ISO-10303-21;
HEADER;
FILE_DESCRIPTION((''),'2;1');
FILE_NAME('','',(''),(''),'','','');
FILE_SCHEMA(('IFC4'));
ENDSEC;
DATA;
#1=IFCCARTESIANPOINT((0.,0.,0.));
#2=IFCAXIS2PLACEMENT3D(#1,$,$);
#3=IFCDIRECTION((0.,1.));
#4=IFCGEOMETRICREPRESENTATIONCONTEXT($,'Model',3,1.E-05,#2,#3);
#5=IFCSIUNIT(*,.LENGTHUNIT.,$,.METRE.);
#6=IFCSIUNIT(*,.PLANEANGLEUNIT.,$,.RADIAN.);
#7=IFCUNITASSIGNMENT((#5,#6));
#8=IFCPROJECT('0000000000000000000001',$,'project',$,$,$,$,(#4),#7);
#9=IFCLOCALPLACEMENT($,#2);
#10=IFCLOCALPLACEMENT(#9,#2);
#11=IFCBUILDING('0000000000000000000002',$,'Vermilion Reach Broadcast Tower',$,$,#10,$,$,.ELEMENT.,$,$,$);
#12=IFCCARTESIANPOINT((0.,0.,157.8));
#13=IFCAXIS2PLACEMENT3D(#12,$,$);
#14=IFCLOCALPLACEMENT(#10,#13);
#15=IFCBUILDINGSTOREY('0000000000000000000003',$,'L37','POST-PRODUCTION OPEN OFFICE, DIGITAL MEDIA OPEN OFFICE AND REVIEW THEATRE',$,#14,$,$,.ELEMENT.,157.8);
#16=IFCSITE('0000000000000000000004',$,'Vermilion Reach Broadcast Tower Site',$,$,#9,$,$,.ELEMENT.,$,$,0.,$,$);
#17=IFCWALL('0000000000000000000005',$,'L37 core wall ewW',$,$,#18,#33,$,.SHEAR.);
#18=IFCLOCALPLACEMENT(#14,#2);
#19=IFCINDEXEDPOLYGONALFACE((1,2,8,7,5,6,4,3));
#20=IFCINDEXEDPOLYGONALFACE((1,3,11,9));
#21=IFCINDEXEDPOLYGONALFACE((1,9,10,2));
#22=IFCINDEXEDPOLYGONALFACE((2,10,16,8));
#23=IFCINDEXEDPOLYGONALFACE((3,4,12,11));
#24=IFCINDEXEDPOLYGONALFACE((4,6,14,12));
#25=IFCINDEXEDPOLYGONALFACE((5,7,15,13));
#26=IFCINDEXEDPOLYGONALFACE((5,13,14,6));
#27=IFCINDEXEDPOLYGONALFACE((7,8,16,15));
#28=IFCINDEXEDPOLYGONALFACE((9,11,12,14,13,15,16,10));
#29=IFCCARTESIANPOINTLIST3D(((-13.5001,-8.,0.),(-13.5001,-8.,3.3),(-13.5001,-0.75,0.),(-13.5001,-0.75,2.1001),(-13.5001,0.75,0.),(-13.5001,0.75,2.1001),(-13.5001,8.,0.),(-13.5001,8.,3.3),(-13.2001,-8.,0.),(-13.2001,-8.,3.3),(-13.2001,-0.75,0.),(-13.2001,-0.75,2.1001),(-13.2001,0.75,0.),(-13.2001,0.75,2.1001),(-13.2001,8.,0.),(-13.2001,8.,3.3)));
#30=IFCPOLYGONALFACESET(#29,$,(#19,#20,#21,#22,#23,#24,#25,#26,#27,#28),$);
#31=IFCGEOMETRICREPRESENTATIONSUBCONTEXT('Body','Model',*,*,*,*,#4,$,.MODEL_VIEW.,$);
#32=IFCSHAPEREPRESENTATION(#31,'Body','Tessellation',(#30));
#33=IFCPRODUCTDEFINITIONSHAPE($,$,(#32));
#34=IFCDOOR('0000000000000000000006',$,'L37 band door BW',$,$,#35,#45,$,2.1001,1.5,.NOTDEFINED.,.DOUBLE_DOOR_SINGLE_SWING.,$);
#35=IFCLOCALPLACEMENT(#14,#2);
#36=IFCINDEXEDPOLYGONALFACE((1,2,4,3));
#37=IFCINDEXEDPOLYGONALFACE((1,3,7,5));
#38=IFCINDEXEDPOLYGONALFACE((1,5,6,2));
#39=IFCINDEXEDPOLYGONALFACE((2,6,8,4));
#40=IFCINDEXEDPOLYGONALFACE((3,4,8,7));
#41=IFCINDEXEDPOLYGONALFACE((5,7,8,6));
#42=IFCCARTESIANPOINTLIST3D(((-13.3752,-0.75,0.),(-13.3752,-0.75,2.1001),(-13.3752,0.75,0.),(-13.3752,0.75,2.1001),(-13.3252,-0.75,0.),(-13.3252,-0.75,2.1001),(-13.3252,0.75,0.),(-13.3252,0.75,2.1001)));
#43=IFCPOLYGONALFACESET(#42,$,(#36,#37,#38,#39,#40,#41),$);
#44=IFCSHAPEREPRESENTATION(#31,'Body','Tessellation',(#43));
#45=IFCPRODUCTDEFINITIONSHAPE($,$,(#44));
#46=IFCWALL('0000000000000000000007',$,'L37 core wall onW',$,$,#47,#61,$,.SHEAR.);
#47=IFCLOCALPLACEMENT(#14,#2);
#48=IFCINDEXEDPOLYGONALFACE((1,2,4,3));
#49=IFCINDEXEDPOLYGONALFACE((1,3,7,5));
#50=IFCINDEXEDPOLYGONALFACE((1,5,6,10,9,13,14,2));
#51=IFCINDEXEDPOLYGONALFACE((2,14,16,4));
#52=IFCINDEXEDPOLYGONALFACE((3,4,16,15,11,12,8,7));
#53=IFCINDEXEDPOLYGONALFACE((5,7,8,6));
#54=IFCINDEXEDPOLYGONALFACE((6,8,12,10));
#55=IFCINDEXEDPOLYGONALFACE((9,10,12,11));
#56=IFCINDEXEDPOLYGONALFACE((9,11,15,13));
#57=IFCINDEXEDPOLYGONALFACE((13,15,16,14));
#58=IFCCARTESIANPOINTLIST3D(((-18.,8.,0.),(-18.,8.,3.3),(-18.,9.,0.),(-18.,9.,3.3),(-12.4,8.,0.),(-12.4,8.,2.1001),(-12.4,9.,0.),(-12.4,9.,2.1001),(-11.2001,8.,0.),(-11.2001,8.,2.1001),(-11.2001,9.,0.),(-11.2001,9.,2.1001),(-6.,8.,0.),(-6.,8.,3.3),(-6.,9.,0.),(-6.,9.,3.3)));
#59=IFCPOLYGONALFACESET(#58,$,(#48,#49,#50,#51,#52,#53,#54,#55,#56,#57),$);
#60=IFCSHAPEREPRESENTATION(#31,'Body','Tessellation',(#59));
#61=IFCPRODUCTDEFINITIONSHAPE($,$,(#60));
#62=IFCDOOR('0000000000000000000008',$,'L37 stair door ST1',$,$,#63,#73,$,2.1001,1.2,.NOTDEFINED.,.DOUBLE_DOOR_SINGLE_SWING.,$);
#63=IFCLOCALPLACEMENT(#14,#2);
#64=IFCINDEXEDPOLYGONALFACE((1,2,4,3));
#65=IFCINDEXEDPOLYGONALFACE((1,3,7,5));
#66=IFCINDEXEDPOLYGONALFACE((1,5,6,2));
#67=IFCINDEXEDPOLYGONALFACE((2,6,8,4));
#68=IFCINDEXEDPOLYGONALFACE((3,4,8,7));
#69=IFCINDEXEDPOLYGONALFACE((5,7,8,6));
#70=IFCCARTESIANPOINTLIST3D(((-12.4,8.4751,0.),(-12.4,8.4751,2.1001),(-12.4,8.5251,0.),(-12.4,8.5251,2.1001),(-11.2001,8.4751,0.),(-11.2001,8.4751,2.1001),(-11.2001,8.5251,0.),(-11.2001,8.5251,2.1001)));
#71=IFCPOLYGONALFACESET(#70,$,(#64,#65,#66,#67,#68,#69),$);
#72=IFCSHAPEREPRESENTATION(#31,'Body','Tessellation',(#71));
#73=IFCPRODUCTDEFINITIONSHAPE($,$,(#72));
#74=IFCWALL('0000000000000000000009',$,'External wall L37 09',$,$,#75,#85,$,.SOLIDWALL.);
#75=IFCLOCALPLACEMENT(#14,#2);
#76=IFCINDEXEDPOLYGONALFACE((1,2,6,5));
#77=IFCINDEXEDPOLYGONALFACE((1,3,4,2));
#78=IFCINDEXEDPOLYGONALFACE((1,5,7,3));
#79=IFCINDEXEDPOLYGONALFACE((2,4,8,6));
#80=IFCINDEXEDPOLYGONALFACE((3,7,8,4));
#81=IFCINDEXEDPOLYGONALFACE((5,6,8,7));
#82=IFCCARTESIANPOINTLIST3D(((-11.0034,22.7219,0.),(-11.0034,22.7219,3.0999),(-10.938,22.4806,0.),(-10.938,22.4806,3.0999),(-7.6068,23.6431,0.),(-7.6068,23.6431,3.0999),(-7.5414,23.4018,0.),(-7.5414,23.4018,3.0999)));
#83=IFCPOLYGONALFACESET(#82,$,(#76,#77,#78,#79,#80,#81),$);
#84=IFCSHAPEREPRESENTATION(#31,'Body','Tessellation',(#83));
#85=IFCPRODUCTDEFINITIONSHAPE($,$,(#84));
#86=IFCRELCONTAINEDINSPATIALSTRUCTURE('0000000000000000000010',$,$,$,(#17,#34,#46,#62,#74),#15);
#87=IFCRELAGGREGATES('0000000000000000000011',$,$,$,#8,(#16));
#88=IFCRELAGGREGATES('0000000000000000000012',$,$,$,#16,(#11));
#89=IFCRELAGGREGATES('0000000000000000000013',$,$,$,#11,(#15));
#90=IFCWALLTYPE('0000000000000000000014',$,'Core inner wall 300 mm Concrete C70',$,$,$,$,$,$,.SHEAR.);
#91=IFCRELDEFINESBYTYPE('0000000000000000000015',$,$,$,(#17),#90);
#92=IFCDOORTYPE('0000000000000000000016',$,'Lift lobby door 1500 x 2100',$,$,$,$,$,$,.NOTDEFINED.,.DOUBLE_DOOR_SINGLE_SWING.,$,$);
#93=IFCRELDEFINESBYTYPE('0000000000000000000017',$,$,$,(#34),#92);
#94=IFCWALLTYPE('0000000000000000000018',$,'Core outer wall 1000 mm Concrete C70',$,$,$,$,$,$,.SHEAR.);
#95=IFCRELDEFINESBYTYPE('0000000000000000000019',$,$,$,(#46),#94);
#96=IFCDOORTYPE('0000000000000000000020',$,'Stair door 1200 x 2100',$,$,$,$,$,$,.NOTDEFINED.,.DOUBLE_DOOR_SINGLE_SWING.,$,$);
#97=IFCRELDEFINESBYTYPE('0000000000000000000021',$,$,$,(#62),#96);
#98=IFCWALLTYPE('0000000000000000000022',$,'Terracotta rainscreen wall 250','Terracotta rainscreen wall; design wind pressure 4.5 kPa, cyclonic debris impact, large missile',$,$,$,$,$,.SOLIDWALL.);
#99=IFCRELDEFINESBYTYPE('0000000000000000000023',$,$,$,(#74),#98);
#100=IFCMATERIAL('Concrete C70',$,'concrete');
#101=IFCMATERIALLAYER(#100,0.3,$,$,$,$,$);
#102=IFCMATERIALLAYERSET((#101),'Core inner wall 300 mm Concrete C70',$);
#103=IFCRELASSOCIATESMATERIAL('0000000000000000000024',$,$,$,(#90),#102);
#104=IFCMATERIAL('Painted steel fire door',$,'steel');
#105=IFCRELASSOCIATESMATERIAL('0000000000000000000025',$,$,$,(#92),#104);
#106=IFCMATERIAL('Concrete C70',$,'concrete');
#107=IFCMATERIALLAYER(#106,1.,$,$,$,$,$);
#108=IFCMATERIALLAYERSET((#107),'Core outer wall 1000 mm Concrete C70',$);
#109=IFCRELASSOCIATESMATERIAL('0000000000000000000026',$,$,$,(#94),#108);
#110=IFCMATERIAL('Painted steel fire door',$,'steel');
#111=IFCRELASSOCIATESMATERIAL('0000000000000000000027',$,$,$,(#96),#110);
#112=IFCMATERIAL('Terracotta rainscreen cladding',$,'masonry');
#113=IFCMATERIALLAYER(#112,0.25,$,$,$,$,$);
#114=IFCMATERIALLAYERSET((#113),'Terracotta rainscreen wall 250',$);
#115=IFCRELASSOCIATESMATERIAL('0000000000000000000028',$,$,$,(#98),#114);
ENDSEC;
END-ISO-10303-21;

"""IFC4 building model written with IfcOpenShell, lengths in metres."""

from ifc_helpers import new_model, si_unit, direction, frame, frame_2d, origin, place, context, subcontext, project, spatial, rectangle, extrude, material, layer, layer_set, type_object, element, fill, save


model = new_model("IFC4")

# Units and contexts
model_context = context("Model", 3, precision=1e-05, world=origin(), true_north=direction((0.0, 1.0)))
body_context = subcontext(model_context, "Body", "Model", "MODEL_VIEW")
ifc_project = project(units=[si_unit("LENGTHUNIT", "METRE"), si_unit("PLANEANGLEUNIT", "RADIAN")], contexts=[model_context])

# Site, building, storey
site_placement = place(None, origin())
site = spatial("IfcSite", under=ifc_project, at=site_placement, Name="Vermilion Reach Broadcast Tower Site", CompositionType="ELEMENT", RefElevation=0.0)
building_placement = place(site_placement, origin())
building = spatial("IfcBuilding", under=site, at=building_placement, Name="Vermilion Reach Broadcast Tower", CompositionType="ELEMENT")
storey_placement = place(building_placement, frame((0.0, 0.0, 157.8)))
storey = spatial("IfcBuildingStorey", under=building, at=storey_placement, Name="L37", Description="POST-PRODUCTION OPEN OFFICE, DIGITAL MEDIA OPEN OFFICE AND REVIEW THEATRE", CompositionType="ELEMENT", Elevation=157.8)

# Walls, openings, doors
ifc_material_1 = material(Name="Concrete C70", Category="concrete")
ifc_layer_1 = layer(ifc_material_1, 0.3)
ifc_layer_set_1 = layer_set([ifc_layer_1], Name="Core inner wall 300 mm Concrete C70")
wall_type_1 = type_object("IfcWallType", Name="Core inner wall 300 mm Concrete C70", PredefinedType="SHEAR", material=ifc_layer_set_1)
wall_1_placement = place(storey_placement, frame((-13.3501, 8.0, 0.0), z_axis=(0.0, 0.0, 1.0), x_axis=(0.0, -1.0, 0.0)))
wall_1 = element("IfcWall", 1, at=wall_1_placement, inside=storey, type_object=wall_type_1, Name="L37 core wall ewW", PredefinedType="SHEAR", context=body_context, shape_type="SweptSolid", body=[
    extrude(rectangle(XDim=16.0, YDim=0.3, at=frame_2d((8.0, 0.0))), origin(), (0.0, 0.0, 1.0), 3.3),
])
opening_1_placement = place(wall_1_placement, frame((7.25, 0.0, 0.0)))
opening_1 = element("IfcOpeningElement", 2, at=opening_1_placement, cuts=wall_1, PredefinedType="OPENING", context=body_context, shape_type="SweptSolid", body=[
    extrude(rectangle(XDim=1.5, YDim=2.1001, at=frame_2d((0.75, 1.05))), frame((0.0, 0.1599, 0.0), z_axis=(0.0, -1.0, 0.0), x_axis=(1.0, 0.0, 0.0)), (0.0, 0.0, 1.0), 0.3201),
])
ifc_material_2 = material(Name="Painted steel fire door", Category="steel")
door_type_1 = type_object("IfcDoorType", Name="Lift lobby door 1500 x 2100", OperationType="DOUBLE_DOOR_SINGLE_SWING", PredefinedType="NOTDEFINED", material=ifc_material_2)
door_1_placement = place(opening_1_placement, origin())
door_1 = element("IfcDoor", 3, at=door_1_placement, inside=storey, type_object=door_type_1, Name="L37 band door BW", OperationType="DOUBLE_DOOR_SINGLE_SWING", OverallHeight=2.1001, OverallWidth=1.5, PredefinedType="NOTDEFINED", context=body_context, shape_type="SweptSolid", body=[
    extrude(rectangle(XDim=1.5, YDim=2.1001, at=frame_2d((0.75, 1.05))), frame((0.0, 0.0249, 0.0), z_axis=(0.0, -1.0, 0.0), x_axis=(1.0, 0.0, 0.0)), (0.0, 0.0, 1.0), 0.05),
])
fill(opening_1, door_1)
ifc_material_3 = material(Name="Concrete C70", Category="concrete")
ifc_layer_2 = layer(ifc_material_3, 1.0)
ifc_layer_set_2 = layer_set([ifc_layer_2], Name="Core outer wall 1000 mm Concrete C70")
wall_type_2 = type_object("IfcWallType", Name="Core outer wall 1000 mm Concrete C70", PredefinedType="SHEAR", material=ifc_layer_set_2)
wall_2_placement = place(storey_placement, frame((-6.0, 8.5, 0.0), z_axis=(0.0, 0.0, 1.0), x_axis=(-1.0, 0.0, 0.0)))
wall_2 = element("IfcWall", 4, at=wall_2_placement, inside=storey, type_object=wall_type_2, Name="L37 core wall onW", PredefinedType="SHEAR", context=body_context, shape_type="SweptSolid", body=[
    extrude(rectangle(XDim=12.0, YDim=1.0, at=frame_2d((6.0, 0.0))), origin(), (0.0, 0.0, 1.0), 3.3),
])
opening_2_placement = place(wall_2_placement, frame((5.2, 0.0, 0.0)))
opening_2 = element("IfcOpeningElement", 5, at=opening_2_placement, cuts=wall_2, PredefinedType="OPENING", context=body_context, shape_type="SweptSolid", body=[
    extrude(rectangle(XDim=1.2, YDim=2.1001, at=frame_2d((0.6001, 1.05))), frame((0.0, 0.51, 0.0), z_axis=(0.0, -1.0, 0.0), x_axis=(1.0, 0.0, 0.0)), (0.0, 0.0, 1.0), 1.02),
])
ifc_material_4 = material(Name="Painted steel fire door", Category="steel")
door_type_2 = type_object("IfcDoorType", Name="Stair door 1200 x 2100", OperationType="DOUBLE_DOOR_SINGLE_SWING", PredefinedType="NOTDEFINED", material=ifc_material_4)
door_2_placement = place(opening_2_placement, origin())
door_2 = element("IfcDoor", 6, at=door_2_placement, inside=storey, type_object=door_type_2, Name="L37 stair door ST1", OperationType="DOUBLE_DOOR_SINGLE_SWING", OverallHeight=2.1001, OverallWidth=1.2, PredefinedType="NOTDEFINED", context=body_context, shape_type="SweptSolid", body=[
    extrude(rectangle(XDim=1.2, YDim=2.1001, at=frame_2d((0.6001, 1.05))), frame((0.0, 0.0249, 0.0), z_axis=(0.0, -1.0, 0.0), x_axis=(1.0, 0.0, 0.0)), (0.0, 0.0, 1.0), 0.05),
])
fill(opening_2, door_2)

# Wall
ifc_material_5 = material(Name="Terracotta rainscreen cladding", Category="masonry")
ifc_layer_3 = layer(ifc_material_5, 0.25)
ifc_layer_set_3 = layer_set([ifc_layer_3], Name="Terracotta rainscreen wall 250")
wall_type_3 = type_object("IfcWallType", Name="Terracotta rainscreen wall 250", Description="Terracotta rainscreen wall; design wind pressure 4.5 kPa, cyclonic debris impact, large missile", PredefinedType="SOLIDWALL", material=ifc_layer_set_3)
wall_3_placement = place(storey_placement, frame((-7.574, 23.5225, 0.0), z_axis=(0.0, 0.0, 1.0), x_axis=(-0.965136, -0.261749, 0.0)))
element("IfcWall", 7, at=wall_3_placement, inside=storey, type_object=wall_type_3, Name="External wall L37 09", PredefinedType="SOLIDWALL", context=body_context, shape_type="SweptSolid", body=[
    extrude(rectangle(XDim=3.5193, YDim=0.25, at=frame_2d((1.7598, 0.0))), origin(), (0.0, 0.0, 1.0), 3.0999),
])

save(model, "model.ifc")
